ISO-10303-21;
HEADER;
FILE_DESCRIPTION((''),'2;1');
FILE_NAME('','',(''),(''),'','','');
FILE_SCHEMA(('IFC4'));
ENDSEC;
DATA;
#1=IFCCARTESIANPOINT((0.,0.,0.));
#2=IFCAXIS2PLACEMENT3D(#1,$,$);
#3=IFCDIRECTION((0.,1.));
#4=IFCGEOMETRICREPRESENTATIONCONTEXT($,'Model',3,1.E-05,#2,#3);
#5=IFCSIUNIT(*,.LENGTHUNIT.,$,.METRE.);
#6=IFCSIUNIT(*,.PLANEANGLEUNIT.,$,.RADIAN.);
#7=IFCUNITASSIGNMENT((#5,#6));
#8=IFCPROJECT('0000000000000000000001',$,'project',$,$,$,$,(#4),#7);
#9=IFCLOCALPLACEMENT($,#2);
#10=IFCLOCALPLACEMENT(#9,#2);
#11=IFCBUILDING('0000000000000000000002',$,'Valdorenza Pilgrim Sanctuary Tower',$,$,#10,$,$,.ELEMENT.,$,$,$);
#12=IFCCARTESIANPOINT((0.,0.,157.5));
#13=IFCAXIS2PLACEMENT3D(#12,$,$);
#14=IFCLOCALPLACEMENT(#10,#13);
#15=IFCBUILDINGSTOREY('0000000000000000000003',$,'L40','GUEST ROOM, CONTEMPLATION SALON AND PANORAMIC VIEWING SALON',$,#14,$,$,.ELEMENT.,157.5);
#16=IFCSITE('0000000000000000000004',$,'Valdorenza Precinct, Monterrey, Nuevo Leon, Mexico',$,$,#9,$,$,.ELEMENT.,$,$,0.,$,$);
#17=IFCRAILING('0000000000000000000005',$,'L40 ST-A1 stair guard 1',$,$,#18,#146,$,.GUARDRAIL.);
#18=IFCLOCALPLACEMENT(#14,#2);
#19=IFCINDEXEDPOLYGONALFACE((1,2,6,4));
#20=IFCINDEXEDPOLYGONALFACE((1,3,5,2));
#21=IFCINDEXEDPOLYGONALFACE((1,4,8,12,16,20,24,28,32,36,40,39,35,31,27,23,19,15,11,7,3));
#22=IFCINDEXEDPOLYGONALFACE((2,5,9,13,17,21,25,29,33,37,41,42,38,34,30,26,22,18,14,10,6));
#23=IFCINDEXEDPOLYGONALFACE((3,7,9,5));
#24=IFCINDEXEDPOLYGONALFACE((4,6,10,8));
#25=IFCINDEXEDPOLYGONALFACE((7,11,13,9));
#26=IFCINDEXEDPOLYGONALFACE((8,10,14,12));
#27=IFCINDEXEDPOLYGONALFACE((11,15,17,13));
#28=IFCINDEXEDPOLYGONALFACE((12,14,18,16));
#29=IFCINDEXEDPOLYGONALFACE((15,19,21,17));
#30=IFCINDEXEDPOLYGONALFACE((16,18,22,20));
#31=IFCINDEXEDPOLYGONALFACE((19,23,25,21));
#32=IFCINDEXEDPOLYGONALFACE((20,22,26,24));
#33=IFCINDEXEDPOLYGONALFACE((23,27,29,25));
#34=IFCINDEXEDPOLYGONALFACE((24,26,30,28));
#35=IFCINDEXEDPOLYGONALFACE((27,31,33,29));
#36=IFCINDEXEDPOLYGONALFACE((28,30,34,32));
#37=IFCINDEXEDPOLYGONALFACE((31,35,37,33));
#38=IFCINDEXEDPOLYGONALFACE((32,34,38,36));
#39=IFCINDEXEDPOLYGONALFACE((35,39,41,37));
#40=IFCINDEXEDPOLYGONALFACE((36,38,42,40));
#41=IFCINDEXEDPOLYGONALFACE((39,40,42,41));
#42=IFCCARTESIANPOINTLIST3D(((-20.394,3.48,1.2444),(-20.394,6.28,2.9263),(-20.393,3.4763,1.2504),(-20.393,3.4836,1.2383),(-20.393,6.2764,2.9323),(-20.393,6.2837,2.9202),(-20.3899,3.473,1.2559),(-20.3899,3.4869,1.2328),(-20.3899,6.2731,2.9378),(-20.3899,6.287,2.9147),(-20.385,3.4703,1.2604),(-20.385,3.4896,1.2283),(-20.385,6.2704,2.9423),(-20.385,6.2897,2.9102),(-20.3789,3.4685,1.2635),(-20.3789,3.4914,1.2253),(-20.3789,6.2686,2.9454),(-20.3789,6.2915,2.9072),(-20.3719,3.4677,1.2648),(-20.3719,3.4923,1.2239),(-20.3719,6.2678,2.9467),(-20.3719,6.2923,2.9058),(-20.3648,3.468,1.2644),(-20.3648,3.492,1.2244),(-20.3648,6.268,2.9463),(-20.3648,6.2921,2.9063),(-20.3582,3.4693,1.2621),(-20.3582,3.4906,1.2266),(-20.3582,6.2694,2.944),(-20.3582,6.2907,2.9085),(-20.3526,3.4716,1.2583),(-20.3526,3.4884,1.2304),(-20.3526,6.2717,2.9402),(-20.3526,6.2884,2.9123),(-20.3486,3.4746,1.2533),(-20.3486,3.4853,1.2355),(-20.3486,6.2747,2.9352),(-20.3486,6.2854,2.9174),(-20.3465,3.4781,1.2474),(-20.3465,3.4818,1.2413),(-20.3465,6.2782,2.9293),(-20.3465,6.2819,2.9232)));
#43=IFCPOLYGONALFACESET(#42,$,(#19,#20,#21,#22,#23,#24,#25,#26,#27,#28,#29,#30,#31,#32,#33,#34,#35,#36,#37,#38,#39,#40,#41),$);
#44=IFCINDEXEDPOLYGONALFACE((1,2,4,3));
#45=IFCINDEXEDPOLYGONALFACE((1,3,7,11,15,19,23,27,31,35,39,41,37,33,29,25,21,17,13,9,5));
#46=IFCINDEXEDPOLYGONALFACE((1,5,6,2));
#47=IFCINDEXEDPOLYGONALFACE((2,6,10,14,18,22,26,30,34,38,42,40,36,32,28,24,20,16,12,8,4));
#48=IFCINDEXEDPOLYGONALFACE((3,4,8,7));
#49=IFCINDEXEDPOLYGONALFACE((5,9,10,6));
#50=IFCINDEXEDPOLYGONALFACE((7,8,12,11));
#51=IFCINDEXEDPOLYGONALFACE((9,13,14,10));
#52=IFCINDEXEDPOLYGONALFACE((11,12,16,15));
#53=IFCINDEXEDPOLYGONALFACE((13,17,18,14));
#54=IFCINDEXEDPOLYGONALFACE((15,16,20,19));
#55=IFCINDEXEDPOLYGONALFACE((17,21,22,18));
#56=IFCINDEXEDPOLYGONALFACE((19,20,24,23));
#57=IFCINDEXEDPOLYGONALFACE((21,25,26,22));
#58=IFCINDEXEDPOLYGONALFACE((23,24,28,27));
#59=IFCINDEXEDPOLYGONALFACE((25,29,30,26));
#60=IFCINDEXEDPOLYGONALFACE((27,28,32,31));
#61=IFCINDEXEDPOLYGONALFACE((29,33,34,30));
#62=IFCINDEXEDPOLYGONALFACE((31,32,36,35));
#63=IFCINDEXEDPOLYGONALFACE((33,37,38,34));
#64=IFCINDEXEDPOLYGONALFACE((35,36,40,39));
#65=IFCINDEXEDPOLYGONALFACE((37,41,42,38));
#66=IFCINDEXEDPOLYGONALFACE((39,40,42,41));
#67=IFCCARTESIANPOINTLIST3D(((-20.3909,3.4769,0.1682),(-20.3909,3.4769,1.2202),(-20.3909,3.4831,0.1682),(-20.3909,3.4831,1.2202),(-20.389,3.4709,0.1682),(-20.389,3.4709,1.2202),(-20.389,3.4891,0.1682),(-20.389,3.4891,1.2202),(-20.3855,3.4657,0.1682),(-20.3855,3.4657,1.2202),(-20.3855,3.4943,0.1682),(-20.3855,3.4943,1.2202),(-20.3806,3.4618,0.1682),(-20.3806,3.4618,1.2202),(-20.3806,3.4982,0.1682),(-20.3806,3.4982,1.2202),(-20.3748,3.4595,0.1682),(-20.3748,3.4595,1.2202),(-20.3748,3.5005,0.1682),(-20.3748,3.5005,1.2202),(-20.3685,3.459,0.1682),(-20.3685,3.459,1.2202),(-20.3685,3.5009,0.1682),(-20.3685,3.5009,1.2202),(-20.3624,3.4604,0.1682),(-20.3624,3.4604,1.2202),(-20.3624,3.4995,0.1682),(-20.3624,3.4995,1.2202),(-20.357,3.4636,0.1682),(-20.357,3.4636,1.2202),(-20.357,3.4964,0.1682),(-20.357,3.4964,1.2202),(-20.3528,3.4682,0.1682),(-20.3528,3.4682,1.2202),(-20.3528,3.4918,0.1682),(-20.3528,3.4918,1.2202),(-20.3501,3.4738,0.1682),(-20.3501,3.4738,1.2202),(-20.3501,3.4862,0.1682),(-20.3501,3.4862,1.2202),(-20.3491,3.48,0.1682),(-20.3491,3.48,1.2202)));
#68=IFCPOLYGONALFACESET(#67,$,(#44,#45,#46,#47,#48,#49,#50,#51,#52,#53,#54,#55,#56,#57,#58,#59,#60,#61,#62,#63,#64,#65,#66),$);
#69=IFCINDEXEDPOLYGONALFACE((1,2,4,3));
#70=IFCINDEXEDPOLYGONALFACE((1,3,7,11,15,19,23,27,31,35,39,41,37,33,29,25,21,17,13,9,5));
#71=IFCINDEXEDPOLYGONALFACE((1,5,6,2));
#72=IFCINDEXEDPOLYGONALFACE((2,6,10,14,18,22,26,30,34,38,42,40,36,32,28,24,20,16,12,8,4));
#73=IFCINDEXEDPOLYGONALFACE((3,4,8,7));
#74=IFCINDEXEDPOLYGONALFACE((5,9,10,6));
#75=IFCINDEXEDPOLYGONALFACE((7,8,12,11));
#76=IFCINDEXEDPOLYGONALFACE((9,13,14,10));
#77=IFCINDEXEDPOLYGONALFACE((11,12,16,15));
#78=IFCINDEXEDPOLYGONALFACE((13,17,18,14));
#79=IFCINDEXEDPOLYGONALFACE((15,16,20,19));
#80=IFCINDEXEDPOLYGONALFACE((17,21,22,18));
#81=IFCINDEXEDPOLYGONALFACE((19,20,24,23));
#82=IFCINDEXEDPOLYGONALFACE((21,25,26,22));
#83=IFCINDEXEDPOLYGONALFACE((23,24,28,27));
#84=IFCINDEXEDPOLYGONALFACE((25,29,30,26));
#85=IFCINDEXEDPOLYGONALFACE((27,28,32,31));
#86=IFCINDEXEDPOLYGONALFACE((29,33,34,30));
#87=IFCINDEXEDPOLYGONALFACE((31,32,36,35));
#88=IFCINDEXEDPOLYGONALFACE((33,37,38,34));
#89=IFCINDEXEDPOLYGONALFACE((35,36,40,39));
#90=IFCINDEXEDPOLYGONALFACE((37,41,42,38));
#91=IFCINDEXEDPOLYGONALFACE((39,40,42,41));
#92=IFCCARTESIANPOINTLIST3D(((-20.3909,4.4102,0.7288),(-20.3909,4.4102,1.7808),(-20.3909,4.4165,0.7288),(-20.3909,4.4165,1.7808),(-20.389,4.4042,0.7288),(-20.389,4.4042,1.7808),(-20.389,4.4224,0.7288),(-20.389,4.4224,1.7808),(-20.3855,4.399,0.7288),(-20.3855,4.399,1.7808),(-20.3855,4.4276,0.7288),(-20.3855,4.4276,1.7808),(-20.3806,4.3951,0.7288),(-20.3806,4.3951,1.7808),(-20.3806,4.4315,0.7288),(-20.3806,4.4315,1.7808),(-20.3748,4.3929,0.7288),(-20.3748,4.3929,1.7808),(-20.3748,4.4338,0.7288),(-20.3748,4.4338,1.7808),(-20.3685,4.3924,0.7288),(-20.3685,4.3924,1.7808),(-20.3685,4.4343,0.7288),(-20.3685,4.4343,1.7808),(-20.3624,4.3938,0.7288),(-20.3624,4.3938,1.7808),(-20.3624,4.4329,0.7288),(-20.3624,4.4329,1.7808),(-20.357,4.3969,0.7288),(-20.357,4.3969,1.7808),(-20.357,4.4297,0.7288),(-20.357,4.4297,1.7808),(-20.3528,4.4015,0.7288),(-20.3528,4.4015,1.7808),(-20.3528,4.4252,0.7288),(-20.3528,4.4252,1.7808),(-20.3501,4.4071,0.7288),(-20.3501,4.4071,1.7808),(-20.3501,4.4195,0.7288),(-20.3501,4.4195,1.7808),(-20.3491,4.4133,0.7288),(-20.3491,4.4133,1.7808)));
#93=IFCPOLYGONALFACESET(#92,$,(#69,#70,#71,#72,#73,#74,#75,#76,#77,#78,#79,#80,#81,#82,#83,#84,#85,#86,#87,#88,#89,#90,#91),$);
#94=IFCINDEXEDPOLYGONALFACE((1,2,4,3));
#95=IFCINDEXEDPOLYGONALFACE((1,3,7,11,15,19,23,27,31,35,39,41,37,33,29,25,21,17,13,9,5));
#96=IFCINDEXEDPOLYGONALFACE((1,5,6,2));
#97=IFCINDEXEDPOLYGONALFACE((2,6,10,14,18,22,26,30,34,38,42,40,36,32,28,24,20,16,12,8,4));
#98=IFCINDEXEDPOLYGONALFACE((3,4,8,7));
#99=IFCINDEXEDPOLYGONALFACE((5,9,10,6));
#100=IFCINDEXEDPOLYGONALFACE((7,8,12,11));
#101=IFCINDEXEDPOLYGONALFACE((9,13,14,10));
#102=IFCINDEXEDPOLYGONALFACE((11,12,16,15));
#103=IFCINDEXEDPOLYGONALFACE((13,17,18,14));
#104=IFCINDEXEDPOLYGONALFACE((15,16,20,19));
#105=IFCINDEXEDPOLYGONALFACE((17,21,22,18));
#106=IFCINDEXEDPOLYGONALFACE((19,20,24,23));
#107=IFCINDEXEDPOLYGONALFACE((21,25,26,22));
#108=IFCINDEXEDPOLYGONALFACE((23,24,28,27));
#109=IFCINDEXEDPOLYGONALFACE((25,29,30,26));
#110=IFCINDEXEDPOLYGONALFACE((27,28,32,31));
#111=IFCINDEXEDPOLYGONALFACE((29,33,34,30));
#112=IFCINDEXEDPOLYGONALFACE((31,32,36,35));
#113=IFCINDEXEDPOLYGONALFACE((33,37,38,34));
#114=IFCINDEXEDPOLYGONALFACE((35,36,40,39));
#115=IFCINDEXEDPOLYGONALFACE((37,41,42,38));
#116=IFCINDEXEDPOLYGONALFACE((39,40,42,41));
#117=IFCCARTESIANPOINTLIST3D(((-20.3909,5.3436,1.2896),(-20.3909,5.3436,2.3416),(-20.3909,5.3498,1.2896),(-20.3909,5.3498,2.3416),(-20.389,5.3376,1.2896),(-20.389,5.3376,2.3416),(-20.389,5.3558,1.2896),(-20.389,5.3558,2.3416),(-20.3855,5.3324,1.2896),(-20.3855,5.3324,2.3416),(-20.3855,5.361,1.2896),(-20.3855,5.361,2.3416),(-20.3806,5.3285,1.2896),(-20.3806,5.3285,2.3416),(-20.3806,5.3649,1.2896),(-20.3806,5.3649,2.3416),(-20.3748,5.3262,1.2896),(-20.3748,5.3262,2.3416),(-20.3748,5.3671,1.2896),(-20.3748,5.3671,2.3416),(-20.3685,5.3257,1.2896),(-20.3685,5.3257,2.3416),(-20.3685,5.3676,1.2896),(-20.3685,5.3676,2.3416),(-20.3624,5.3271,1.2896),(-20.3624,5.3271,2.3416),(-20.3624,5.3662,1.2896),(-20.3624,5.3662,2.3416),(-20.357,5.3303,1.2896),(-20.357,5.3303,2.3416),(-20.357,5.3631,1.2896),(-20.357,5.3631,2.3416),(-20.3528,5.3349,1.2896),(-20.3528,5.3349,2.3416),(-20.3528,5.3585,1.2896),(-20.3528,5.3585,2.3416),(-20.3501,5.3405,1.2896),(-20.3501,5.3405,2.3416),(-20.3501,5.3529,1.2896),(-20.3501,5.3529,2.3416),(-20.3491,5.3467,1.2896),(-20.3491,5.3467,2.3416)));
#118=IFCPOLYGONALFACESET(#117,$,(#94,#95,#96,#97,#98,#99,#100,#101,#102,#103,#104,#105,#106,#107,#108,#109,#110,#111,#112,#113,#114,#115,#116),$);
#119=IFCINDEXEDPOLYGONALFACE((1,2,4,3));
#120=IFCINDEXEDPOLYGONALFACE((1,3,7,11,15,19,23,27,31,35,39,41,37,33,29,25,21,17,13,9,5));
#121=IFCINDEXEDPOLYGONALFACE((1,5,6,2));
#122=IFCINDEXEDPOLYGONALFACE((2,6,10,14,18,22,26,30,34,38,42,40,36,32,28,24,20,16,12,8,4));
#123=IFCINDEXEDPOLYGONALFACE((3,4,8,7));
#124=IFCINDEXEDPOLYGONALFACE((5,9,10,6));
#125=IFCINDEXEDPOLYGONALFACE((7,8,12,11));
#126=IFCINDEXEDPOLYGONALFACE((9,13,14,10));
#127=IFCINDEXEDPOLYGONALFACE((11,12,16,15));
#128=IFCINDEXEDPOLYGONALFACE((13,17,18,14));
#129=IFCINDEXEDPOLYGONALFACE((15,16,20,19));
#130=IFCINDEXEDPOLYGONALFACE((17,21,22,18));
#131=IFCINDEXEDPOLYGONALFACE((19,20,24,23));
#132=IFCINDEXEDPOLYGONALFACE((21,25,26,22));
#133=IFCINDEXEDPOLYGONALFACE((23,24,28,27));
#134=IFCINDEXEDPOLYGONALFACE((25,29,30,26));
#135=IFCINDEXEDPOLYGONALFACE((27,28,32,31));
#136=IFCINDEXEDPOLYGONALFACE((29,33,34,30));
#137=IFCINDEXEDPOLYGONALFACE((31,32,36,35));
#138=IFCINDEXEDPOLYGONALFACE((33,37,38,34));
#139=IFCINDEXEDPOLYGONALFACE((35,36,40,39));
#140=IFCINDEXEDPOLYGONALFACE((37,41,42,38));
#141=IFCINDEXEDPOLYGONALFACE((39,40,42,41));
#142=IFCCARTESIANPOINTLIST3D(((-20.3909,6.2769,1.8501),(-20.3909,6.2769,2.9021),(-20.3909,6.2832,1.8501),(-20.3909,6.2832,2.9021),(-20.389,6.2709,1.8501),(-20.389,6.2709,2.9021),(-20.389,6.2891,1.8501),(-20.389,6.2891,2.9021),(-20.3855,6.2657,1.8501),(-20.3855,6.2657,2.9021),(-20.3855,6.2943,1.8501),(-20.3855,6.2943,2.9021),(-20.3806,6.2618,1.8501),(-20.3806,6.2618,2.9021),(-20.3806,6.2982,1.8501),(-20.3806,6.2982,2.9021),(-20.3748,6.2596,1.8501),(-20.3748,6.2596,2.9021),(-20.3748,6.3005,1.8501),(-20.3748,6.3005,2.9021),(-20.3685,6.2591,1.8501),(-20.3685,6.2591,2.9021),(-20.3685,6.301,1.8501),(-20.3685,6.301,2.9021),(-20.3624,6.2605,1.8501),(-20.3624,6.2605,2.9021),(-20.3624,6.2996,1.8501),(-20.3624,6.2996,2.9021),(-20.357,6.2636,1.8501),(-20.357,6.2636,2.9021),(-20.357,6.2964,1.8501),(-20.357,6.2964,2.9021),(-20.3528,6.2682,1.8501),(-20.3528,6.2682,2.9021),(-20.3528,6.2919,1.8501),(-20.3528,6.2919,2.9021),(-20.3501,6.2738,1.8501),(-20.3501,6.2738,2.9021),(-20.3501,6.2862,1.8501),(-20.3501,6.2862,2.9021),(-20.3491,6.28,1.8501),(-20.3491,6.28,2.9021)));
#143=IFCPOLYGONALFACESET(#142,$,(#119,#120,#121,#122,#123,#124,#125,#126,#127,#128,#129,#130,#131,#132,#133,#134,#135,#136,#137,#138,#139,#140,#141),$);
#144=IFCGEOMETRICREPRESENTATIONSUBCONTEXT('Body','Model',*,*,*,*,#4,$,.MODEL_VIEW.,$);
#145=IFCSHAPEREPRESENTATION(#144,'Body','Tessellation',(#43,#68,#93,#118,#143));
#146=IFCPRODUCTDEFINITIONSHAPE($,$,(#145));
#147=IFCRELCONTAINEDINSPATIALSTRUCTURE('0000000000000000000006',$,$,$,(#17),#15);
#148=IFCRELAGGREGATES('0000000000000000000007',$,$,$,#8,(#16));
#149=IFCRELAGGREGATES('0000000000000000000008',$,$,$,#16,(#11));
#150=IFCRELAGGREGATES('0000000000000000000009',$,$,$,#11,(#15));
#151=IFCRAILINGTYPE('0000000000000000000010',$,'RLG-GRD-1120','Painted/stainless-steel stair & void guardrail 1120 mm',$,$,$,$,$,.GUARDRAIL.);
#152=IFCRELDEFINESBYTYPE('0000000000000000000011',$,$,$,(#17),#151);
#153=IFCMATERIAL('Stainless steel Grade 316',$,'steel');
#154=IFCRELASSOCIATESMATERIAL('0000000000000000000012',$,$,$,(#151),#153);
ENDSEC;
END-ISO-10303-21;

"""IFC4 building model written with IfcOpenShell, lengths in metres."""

from ifc_helpers import new_model, si_unit, direction, frame, origin, origin_2d, place, context, subcontext, project, spatial, circle, extrude, material, type_object, element, save


model = new_model("IFC4")

# Units and contexts
model_context = context("Model", 3, precision=1e-05, world=origin(), true_north=direction((0.0, 1.0)))
body_context = subcontext(model_context, "Body", "Model", "MODEL_VIEW")
ifc_project = project(units=[si_unit("LENGTHUNIT", "METRE"), si_unit("PLANEANGLEUNIT", "RADIAN")], contexts=[model_context])

# Site, building, storey
site_placement = place(None, origin())
site = spatial("IfcSite", under=ifc_project, at=site_placement, Name="Valdorenza Precinct, Monterrey, Nuevo Leon, Mexico", CompositionType="ELEMENT", RefElevation=0.0)
building_placement = place(site_placement, origin())
building = spatial("IfcBuilding", under=site, at=building_placement, Name="Valdorenza Pilgrim Sanctuary Tower", CompositionType="ELEMENT")
storey_placement = place(building_placement, frame((0.0, 0.0, 157.5)))
storey = spatial("IfcBuildingStorey", under=building, at=storey_placement, Name="L40", Description="GUEST ROOM, CONTEMPLATION SALON AND PANORAMIC VIEWING SALON", CompositionType="ELEMENT", Elevation=157.5)

# Railing
ifc_material_1 = material(Name="Stainless steel Grade 316", Category="steel")
railing_type_1 = type_object("IfcRailingType", Name="RLG-GRD-1120", Description="Painted/stainless-steel stair & void guardrail 1120 mm", PredefinedType="GUARDRAIL", material=ifc_material_1)
railing_1_placement = place(storey_placement, frame((-20.3701, 3.48, 0.1682)))
element("IfcRailing", 1, at=railing_1_placement, inside=storey, type_object=railing_type_1, Name="L40 ST-A1 stair guard 1", PredefinedType="GUARDRAIL", context=body_context, shape_type="SweptSolid", body=[
    extrude(circle(Radius=0.0239, at=origin_2d()), frame((0.0, 0.0, 1.0762), z_axis=(0.0, 0.857242, 0.514913), x_axis=(-1.0, 0.0, 0.0)), (0.0, 0.0, 1.0), 3.2664),
    extrude(circle(Radius=0.021, at=origin_2d()), origin(), (0.0, 0.0, 1.0), 1.052),
    extrude(circle(Radius=0.021, at=origin_2d()), frame((0.0, 0.9333, 0.5605)), (0.0, 0.0, 1.0), 1.052),
    extrude(circle(Radius=0.021, at=origin_2d()), frame((0.0, 1.8667, 1.1213)), (0.0, 0.0, 1.0), 1.052),
    extrude(circle(Radius=0.021, at=origin_2d()), frame((0.0, 2.8, 1.6819)), (0.0, 0.0, 1.0), 1.052),
])

save(model, "model.ifc")
